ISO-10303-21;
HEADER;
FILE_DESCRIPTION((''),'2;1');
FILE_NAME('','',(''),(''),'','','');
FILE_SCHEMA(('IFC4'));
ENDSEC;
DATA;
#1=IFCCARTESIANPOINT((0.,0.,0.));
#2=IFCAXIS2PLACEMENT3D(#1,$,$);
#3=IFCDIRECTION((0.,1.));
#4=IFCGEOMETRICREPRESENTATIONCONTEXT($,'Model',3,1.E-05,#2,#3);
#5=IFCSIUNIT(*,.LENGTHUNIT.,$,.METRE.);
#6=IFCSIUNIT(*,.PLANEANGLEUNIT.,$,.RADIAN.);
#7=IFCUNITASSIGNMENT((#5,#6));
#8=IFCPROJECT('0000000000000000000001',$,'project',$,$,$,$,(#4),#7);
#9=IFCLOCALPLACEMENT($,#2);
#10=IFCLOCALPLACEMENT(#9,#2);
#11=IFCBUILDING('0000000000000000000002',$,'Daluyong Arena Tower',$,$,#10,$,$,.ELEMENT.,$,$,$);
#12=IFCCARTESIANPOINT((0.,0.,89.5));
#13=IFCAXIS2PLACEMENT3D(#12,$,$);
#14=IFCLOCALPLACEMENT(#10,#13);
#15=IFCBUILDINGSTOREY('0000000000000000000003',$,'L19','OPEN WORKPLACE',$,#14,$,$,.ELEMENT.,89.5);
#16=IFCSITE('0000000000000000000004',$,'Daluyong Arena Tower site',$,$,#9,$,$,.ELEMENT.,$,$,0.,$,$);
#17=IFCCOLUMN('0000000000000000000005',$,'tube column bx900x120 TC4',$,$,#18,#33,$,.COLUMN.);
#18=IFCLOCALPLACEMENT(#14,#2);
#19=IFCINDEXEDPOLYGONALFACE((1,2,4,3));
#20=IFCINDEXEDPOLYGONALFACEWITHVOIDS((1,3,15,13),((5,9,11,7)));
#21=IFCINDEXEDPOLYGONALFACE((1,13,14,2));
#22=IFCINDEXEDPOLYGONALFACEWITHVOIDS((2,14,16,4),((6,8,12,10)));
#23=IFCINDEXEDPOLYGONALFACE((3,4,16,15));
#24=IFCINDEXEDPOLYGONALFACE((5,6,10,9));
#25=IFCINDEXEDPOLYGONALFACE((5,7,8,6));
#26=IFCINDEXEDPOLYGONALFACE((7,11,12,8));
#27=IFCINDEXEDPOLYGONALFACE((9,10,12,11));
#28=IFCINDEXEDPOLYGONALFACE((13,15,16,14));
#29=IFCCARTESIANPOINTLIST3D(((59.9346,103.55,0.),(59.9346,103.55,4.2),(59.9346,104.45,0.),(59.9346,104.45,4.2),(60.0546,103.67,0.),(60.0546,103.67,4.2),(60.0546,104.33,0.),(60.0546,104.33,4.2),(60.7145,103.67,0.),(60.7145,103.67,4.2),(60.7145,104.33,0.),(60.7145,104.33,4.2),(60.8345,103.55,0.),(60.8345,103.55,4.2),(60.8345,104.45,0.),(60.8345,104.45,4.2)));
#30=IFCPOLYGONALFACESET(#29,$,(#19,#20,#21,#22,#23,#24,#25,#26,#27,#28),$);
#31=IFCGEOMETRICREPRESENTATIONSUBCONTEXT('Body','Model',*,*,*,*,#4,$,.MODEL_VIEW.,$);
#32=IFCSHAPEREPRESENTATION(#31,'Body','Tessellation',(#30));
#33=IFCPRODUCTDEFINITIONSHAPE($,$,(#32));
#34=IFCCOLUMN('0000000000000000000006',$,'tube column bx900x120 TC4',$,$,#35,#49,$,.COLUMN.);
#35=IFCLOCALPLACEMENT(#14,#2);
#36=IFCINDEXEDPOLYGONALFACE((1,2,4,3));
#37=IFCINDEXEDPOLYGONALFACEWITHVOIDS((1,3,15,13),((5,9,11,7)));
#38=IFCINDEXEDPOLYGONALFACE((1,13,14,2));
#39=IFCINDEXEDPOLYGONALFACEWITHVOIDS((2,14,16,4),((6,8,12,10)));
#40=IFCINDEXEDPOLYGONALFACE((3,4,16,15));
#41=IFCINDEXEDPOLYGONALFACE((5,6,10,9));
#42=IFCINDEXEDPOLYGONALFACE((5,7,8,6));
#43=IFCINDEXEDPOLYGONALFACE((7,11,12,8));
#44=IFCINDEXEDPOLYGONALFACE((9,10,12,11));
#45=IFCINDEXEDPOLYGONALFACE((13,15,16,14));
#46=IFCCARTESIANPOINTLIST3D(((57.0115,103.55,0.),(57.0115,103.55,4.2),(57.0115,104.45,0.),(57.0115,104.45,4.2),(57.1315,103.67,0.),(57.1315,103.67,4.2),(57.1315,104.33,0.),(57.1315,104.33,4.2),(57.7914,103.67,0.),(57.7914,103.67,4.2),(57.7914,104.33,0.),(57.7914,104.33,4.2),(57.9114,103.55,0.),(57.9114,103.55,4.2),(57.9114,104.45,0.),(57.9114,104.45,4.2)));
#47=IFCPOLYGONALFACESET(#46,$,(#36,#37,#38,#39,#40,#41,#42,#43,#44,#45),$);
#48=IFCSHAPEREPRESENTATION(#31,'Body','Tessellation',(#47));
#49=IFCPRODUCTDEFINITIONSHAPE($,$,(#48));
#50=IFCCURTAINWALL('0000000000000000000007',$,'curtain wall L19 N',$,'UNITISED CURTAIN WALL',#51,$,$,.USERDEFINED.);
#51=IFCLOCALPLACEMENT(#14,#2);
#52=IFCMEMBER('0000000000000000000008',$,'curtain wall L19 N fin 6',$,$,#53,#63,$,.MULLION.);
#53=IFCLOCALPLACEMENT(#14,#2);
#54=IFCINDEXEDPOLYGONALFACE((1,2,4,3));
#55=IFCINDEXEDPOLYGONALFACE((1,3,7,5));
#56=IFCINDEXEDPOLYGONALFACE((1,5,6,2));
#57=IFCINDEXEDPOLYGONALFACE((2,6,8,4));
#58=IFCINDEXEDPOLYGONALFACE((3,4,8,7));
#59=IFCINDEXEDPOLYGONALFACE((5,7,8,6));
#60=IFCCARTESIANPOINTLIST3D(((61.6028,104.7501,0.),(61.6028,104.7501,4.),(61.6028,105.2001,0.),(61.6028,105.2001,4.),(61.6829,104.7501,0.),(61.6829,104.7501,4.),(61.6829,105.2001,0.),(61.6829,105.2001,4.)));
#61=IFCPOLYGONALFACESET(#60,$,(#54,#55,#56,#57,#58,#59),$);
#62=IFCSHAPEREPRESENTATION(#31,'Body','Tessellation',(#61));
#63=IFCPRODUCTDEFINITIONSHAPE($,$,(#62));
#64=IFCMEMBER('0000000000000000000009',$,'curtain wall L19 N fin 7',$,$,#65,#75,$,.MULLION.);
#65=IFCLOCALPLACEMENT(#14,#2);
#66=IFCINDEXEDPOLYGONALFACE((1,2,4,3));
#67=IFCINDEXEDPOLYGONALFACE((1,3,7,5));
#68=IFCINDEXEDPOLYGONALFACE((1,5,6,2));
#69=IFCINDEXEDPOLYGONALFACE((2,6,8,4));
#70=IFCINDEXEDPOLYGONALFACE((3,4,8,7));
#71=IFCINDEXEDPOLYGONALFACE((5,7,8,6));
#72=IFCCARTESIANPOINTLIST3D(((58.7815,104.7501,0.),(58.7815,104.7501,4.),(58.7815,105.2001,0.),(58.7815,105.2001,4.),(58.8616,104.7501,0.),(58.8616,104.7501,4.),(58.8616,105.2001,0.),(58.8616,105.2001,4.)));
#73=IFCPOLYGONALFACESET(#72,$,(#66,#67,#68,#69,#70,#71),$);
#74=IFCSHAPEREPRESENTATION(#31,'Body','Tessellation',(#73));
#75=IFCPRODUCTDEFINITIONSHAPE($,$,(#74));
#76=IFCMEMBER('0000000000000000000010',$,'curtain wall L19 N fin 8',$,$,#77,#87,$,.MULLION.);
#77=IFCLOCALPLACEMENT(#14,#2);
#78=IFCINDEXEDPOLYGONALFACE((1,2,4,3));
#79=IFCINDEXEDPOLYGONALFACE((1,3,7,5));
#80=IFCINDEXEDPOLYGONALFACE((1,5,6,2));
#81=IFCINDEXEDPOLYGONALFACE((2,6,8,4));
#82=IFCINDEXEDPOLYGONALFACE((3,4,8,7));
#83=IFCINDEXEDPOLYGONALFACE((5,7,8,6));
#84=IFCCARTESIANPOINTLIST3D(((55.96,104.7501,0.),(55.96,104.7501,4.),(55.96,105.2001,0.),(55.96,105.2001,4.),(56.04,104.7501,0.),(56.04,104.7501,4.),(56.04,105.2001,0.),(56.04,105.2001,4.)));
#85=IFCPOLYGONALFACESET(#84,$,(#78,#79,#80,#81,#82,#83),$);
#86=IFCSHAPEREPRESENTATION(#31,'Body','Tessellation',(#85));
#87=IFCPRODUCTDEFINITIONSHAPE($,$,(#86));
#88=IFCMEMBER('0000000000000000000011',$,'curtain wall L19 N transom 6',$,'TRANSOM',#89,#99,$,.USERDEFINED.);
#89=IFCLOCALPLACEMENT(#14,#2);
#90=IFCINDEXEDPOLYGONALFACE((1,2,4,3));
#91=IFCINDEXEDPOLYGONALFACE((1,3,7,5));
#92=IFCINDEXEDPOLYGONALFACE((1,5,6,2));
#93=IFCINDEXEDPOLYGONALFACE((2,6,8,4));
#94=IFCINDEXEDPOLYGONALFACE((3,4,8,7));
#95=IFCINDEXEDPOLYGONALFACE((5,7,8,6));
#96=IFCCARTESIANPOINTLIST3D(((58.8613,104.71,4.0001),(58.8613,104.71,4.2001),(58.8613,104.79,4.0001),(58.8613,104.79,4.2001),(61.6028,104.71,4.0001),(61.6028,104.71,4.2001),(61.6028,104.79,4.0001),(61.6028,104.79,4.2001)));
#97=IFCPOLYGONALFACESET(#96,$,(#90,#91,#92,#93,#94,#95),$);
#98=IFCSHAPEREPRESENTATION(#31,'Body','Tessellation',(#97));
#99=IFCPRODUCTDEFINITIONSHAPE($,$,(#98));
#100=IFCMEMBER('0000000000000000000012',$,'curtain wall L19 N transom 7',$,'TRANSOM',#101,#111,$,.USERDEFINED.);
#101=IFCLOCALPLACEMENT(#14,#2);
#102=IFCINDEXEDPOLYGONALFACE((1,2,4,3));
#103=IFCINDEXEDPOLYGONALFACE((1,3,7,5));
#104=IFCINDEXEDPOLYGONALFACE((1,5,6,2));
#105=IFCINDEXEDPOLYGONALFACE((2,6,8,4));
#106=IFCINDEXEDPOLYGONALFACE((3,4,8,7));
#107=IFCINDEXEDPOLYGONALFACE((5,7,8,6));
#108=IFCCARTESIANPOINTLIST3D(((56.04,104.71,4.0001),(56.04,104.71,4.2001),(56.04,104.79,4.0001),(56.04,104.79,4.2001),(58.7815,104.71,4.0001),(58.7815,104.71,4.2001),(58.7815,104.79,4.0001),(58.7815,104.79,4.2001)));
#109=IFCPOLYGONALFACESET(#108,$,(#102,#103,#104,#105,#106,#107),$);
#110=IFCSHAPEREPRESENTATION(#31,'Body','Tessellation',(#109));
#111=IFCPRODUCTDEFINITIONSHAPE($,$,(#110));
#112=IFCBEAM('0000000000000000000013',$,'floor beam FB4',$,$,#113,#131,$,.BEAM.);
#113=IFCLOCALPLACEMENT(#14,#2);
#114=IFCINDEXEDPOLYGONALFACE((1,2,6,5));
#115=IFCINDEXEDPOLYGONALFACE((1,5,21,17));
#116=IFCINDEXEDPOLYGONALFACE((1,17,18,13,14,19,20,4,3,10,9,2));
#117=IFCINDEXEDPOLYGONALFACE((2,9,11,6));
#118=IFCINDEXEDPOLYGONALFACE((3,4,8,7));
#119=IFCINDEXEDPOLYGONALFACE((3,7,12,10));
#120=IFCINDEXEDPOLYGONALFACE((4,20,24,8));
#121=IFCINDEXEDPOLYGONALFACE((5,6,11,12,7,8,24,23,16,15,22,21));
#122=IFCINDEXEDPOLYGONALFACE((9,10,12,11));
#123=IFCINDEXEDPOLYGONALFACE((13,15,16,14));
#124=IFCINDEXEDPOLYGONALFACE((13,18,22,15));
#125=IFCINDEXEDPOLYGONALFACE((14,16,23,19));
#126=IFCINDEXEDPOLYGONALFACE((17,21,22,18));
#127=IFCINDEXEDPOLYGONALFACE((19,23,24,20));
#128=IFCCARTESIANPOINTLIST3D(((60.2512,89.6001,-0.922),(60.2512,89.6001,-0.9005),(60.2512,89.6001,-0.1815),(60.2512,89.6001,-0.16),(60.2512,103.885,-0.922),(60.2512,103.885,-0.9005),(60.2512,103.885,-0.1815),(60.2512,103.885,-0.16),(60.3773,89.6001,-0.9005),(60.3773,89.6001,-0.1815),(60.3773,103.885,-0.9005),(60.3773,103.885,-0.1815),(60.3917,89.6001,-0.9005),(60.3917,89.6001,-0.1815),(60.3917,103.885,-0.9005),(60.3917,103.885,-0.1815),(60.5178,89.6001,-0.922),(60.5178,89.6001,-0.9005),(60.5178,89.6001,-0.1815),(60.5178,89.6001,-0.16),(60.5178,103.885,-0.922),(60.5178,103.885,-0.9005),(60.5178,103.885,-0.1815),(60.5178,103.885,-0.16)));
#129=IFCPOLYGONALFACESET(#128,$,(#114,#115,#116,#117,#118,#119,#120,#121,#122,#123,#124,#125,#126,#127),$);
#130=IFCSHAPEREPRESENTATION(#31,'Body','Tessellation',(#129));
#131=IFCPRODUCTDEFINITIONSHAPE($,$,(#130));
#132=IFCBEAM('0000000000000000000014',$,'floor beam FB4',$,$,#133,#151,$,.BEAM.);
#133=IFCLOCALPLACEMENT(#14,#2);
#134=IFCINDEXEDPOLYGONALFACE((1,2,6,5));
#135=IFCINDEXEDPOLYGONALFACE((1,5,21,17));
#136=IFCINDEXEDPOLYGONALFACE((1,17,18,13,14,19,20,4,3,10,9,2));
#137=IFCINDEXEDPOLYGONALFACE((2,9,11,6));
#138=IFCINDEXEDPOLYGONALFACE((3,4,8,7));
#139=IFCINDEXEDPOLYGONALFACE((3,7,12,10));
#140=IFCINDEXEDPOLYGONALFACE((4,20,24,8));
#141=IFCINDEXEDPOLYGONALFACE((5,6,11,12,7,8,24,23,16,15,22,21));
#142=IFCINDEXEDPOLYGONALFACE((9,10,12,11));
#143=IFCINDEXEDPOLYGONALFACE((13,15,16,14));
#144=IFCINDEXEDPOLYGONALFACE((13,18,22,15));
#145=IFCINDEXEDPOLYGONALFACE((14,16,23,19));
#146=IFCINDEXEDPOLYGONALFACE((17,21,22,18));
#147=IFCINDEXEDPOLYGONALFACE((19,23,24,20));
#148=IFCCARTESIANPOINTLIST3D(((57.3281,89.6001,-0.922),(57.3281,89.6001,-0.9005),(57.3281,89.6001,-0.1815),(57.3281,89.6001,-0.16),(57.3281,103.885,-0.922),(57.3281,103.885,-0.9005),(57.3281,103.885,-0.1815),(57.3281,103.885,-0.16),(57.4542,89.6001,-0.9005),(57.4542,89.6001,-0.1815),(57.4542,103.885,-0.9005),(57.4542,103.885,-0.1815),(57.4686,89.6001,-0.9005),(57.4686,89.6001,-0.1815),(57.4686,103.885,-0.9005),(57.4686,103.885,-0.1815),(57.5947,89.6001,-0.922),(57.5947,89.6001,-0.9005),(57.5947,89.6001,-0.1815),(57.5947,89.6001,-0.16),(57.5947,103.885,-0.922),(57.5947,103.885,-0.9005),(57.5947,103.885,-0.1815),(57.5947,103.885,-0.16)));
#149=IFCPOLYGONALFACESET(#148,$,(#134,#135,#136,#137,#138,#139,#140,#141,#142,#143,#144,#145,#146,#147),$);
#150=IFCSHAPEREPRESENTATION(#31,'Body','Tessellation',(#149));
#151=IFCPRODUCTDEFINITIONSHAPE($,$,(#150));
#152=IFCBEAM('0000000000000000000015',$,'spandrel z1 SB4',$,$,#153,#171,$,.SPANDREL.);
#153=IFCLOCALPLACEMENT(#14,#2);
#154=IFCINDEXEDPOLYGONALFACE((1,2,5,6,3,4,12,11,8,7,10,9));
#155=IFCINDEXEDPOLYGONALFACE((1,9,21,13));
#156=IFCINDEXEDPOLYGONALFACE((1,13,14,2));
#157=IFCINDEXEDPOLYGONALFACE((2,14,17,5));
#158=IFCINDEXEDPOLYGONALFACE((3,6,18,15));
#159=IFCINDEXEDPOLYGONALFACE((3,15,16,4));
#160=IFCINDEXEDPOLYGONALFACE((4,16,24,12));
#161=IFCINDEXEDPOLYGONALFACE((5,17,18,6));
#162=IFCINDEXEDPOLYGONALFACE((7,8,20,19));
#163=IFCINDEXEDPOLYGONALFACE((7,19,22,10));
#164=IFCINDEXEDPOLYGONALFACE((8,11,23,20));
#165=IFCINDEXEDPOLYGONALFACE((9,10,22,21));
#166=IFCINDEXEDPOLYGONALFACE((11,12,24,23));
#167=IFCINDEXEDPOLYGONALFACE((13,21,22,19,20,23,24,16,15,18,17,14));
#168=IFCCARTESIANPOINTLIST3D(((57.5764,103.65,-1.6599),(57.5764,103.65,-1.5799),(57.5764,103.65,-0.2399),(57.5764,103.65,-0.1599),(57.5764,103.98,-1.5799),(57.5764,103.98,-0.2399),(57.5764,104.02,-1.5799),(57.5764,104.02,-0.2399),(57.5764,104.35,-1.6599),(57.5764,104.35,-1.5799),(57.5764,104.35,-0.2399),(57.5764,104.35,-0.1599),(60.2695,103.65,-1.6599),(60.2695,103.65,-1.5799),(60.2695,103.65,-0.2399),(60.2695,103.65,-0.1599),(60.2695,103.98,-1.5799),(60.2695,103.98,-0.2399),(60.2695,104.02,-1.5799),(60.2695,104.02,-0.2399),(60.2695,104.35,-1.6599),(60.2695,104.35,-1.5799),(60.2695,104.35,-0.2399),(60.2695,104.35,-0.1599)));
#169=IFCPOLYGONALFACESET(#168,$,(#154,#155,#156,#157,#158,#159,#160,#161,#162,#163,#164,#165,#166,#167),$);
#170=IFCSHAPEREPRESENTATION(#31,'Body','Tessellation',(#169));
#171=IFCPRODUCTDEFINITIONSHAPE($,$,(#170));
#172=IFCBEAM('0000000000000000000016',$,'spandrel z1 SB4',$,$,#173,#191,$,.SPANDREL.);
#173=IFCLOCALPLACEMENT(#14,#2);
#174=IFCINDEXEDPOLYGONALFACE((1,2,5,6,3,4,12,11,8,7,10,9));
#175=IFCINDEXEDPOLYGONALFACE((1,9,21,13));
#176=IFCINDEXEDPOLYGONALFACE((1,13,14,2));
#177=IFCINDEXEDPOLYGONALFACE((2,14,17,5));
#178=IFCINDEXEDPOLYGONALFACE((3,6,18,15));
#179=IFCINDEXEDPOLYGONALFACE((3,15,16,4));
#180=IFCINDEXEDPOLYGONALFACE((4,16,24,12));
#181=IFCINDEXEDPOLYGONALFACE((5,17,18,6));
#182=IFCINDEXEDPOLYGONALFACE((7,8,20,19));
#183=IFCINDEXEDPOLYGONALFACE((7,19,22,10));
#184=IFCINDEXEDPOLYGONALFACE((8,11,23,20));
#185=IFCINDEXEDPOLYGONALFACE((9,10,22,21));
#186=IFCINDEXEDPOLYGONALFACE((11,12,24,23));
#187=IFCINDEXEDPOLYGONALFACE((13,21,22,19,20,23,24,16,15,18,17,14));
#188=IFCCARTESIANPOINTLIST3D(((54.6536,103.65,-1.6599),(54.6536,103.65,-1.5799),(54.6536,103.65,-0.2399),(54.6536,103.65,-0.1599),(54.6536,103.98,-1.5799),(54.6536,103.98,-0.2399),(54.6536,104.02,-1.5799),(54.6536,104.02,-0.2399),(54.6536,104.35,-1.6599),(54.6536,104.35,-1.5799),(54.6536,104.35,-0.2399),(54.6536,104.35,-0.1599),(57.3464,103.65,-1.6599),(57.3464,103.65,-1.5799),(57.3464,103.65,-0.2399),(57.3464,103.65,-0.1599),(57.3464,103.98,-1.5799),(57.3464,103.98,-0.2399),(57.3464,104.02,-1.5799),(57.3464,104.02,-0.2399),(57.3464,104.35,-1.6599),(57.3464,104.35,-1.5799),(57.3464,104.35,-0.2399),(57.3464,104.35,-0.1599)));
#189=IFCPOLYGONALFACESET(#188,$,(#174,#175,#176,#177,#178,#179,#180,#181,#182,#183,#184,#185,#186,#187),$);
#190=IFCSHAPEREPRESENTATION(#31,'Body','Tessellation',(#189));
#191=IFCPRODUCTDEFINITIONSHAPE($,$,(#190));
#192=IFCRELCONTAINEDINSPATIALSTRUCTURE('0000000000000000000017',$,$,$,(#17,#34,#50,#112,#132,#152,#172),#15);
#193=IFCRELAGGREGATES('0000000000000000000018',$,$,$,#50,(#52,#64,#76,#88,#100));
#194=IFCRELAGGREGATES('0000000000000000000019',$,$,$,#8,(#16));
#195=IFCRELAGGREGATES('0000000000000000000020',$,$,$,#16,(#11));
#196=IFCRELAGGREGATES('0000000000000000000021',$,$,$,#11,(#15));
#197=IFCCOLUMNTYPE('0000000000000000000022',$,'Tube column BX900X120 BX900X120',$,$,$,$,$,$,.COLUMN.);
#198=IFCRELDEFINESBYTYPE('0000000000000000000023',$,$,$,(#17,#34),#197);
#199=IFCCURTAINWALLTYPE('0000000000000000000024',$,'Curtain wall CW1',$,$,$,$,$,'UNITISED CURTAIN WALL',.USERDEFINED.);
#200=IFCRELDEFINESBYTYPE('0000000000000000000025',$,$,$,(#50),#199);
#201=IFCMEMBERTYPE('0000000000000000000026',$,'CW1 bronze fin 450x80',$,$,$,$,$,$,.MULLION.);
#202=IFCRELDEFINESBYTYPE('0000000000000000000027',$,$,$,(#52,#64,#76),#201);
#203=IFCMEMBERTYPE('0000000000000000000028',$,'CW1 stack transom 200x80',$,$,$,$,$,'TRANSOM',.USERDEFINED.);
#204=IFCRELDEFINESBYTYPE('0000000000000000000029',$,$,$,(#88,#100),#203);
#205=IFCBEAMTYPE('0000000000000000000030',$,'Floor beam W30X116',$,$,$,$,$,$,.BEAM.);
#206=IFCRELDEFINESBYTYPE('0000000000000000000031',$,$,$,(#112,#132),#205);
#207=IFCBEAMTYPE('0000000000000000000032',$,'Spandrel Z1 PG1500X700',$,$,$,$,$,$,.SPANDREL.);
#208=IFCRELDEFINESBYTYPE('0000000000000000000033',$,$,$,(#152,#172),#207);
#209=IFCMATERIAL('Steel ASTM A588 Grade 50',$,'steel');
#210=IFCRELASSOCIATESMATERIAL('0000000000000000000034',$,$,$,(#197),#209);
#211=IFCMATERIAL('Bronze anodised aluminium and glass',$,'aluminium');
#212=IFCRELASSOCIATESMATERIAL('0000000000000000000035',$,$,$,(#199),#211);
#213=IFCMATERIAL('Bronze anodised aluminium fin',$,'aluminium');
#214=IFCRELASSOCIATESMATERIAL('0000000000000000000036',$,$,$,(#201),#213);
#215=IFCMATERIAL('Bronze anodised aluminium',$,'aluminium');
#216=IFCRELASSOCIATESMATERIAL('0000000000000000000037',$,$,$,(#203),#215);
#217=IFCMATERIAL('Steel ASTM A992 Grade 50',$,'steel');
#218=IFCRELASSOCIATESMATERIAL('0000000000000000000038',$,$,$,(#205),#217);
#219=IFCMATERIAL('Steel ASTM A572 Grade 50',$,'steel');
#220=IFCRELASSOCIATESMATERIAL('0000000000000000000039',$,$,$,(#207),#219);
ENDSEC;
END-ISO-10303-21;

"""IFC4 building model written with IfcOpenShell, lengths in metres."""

from ifc_helpers import new_model, si_unit, direction, frame, origin, origin_2d, place, context, subcontext, project, spatial, rectangle, hollow_rectangle, i_section, extrude, material, material_profile, profile_set, type_object, element, aggregate, save


model = new_model("IFC4")

# Units and contexts
model_context = context("Model", 3, precision=1e-05, world=origin(), true_north=direction((0.0, 1.0)))
body_context = subcontext(model_context, "Body", "Model", "MODEL_VIEW")
ifc_project = project(units=[si_unit("LENGTHUNIT", "METRE"), si_unit("PLANEANGLEUNIT", "RADIAN")], contexts=[model_context])

# Site, building, storey
site_placement = place(None, origin())
site = spatial("IfcSite", under=ifc_project, at=site_placement, Name="Daluyong Arena Tower site", CompositionType="ELEMENT", RefElevation=0.0)
building_placement = place(site_placement, origin())
building = spatial("IfcBuilding", under=site, at=building_placement, Name="Daluyong Arena Tower", CompositionType="ELEMENT")
storey_placement = place(building_placement, frame((0.0, 0.0, 89.5)))
storey = spatial("IfcBuildingStorey", under=building, at=storey_placement, Name="L19", Description="OPEN WORKPLACE", CompositionType="ELEMENT", Elevation=89.5)

# Columns
ifc_material_1 = material(Name="Steel ASTM A588 Grade 50", Category="steel")
ifc_material_profile_1 = material_profile(ifc_material_1, hollow_rectangle(XDim=0.8999, YDim=0.8999, WallThickness=0.12, at=origin_2d()))
ifc_profile_set_1 = profile_set([ifc_material_profile_1], Name="Steel ASTM A588 Grade 50")
column_type = type_object("IfcColumnType", Name="Tube column BX900X120 BX900X120", PredefinedType="COLUMN", material=ifc_profile_set_1)
for number, where, z_axis, x_axis, name in (
    (1, (60.3845, 104.0, 0.0), (0.0, 0.0, 1.0), (1.0, 0.0, 0.0), "tube column bx900x120 TC4"),
    (2, (57.4614, 104.0, 0.0), (0.0, 0.0, 1.0), (1.0, 0.0, 0.0), "tube column bx900x120 TC4"),
):
    element("IfcColumn", number, at=place(storey_placement, frame(where, z_axis=z_axis, x_axis=x_axis)), inside=storey, type_object=column_type, Name=name, PredefinedType="COLUMN", context=body_context, shape_type="SweptSolid", body=[
        extrude(hollow_rectangle(XDim=0.8999, YDim=0.8999, WallThickness=0.12, at=origin_2d()), origin(), (0.0, 0.0, 1.0), 4.2),
    ])

# Curtain wall, members
ifc_material_2 = material(Name="Bronze anodised aluminium and glass", Category="aluminium")
curtain_wall_type = type_object("IfcCurtainWallType", Name="Curtain wall CW1", ElementType="UNITISED CURTAIN WALL", PredefinedType="USERDEFINED", material=ifc_material_2)
curtain_wall_placement = place(storey_placement, origin())
curtain_wall = element("IfcCurtainWall", 3, at=curtain_wall_placement, inside=storey, type_object=curtain_wall_type, Name="curtain wall L19 N", ObjectType="UNITISED CURTAIN WALL", PredefinedType="USERDEFINED")
ifc_material_3 = material(Name="Bronze anodised aluminium fin", Category="aluminium")
ifc_material_profile_2 = material_profile(ifc_material_3, rectangle(XDim=0.45, YDim=0.0801, at=origin_2d()))
ifc_profile_set_2 = profile_set([ifc_material_profile_2], Name="Bronze anodised aluminium fin")
member_type_1 = type_object("IfcMemberType", Name="CW1 bronze fin 450x80", PredefinedType="MULLION", material=ifc_profile_set_2)
member_1_placement = place(storey_placement, frame((61.6428, 104.9751, 0.0), z_axis=(0.0, 0.0, 1.0), x_axis=(0.0, -1.0, 0.0)))
member_1 = element("IfcMember", 4, at=member_1_placement, type_object=member_type_1, Name="curtain wall L19 N fin 6", PredefinedType="MULLION", context=body_context, shape_type="SweptSolid", body=[
    extrude(rectangle(XDim=0.45, YDim=0.0801, at=origin_2d()), origin(), (0.0, 0.0, 1.0), 4.0),
])
member_2_placement = place(storey_placement, frame((58.8215, 104.9751, 0.0), z_axis=(0.0, 0.0, 1.0), x_axis=(0.0, -1.0, 0.0)))
member_2 = element("IfcMember", 5, at=member_2_placement, type_object=member_type_1, Name="curtain wall L19 N fin 7", PredefinedType="MULLION", context=body_context, shape_type="SweptSolid", body=[
    extrude(rectangle(XDim=0.45, YDim=0.0801, at=origin_2d()), origin(), (0.0, 0.0, 1.0), 4.0),
])
member_3_placement = place(storey_placement, frame((56.0, 104.9751, 0.0), z_axis=(0.0, 0.0, 1.0), x_axis=(0.0, -1.0, 0.0)))
member_3 = element("IfcMember", 6, at=member_3_placement, type_object=member_type_1, Name="curtain wall L19 N fin 8", PredefinedType="MULLION", context=body_context, shape_type="SweptSolid", body=[
    extrude(rectangle(XDim=0.45, YDim=0.0801, at=origin_2d()), origin(), (0.0, 0.0, 1.0), 4.0),
])
ifc_material_4 = material(Name="Bronze anodised aluminium", Category="aluminium")
ifc_material_profile_3 = material_profile(ifc_material_4, rectangle(XDim=0.0801, YDim=0.2, at=origin_2d()))
ifc_profile_set_3 = profile_set([ifc_material_profile_3], Name="Bronze anodised aluminium")
member_type_2 = type_object("IfcMemberType", Name="CW1 stack transom 200x80", ElementType="TRANSOM", PredefinedType="USERDEFINED", material=ifc_profile_set_3)
member_4_placement = place(storey_placement, frame((61.6028, 104.75, 4.1001), z_axis=(-1.0, 0.0, 0.0), x_axis=(0.0, -1.0, 0.0)))
member_4 = element("IfcMember", 7, at=member_4_placement, type_object=member_type_2, Name="curtain wall L19 N transom 6", ObjectType="TRANSOM", PredefinedType="USERDEFINED", context=body_context, shape_type="SweptSolid", body=[
    extrude(rectangle(XDim=0.0801, YDim=0.2, at=origin_2d()), origin(), (0.0, 0.0, 1.0), 2.7415),
])
member_5_placement = place(storey_placement, frame((58.7815, 104.75, 4.1001), z_axis=(-1.0, 0.0, 0.0), x_axis=(0.0, -1.0, 0.0)))
member_5 = element("IfcMember", 8, at=member_5_placement, type_object=member_type_2, Name="curtain wall L19 N transom 7", ObjectType="TRANSOM", PredefinedType="USERDEFINED", context=body_context, shape_type="SweptSolid", body=[
    extrude(rectangle(XDim=0.0801, YDim=0.2, at=origin_2d()), origin(), (0.0, 0.0, 1.0), 2.7415),
])

# Beams
ifc_material_5 = material(Name="Steel ASTM A992 Grade 50", Category="steel")
ifc_material_profile_4 = material_profile(ifc_material_5, i_section(OverallWidth=0.2666, OverallDepth=0.762, WebThickness=0.0144, FlangeThickness=0.0215, at=origin_2d()))
ifc_profile_set_4 = profile_set([ifc_material_profile_4], Name="Steel ASTM A992 Grade 50")
beam_type_1 = type_object("IfcBeamType", Name="Floor beam W30X116", PredefinedType="BEAM", material=ifc_profile_set_4)
for number, where, z_axis, x_axis, name in (
    (9, (60.3845, 103.885, -0.541), (0.0, -1.0, 0.0), (1.0, 0.0, 0.0), "floor beam FB4"),
    (10, (57.4614, 103.885, -0.541), (0.0, -1.0, 0.0), (1.0, 0.0, 0.0), "floor beam FB4"),
):
    element("IfcBeam", number, at=place(storey_placement, frame(where, z_axis=z_axis, x_axis=x_axis)), inside=storey, type_object=beam_type_1, Name=name, PredefinedType="BEAM", context=body_context, shape_type="SweptSolid", body=[
        extrude(i_section(OverallWidth=0.2666, OverallDepth=0.762, WebThickness=0.0144, FlangeThickness=0.0215, at=origin_2d()), origin(), (0.0, 0.0, 1.0), 14.2849),
    ])
ifc_material_6 = material(Name="Steel ASTM A572 Grade 50", Category="steel")
ifc_material_profile_5 = material_profile(ifc_material_6, i_section(OverallWidth=0.7, OverallDepth=1.5, WebThickness=0.04, FlangeThickness=0.08, at=origin_2d()))
ifc_profile_set_5 = profile_set([ifc_material_profile_5], Name="Steel ASTM A572 Grade 50")
beam_type_2 = type_object("IfcBeamType", Name="Spandrel Z1 PG1500X700", PredefinedType="SPANDREL", material=ifc_profile_set_5)
beam_1_placement = place(storey_placement, frame((60.2695, 104.0, -0.9099), z_axis=(-1.0, 0.0, 0.0), x_axis=(0.0, -1.0, 0.0)))
element("IfcBeam", 11, at=beam_1_placement, inside=storey, type_object=beam_type_2, Name="spandrel z1 SB4", PredefinedType="SPANDREL", context=body_context, shape_type="SweptSolid", body=[
    extrude(i_section(OverallWidth=0.7, OverallDepth=1.5, WebThickness=0.04, FlangeThickness=0.08, at=origin_2d()), origin(), (0.0, 0.0, 1.0), 2.6931),
])
beam_2_placement = place(storey_placement, frame((57.3464, 104.0, -0.9099), z_axis=(-1.0, 0.0, 0.0), x_axis=(0.0, -1.0, 0.0)))
element("IfcBeam", 12, at=beam_2_placement, inside=storey, type_object=beam_type_2, Name="spandrel z1 SB4", PredefinedType="SPANDREL", context=body_context, shape_type="SweptSolid", body=[
    extrude(i_section(OverallWidth=0.7, OverallDepth=1.5, WebThickness=0.04, FlangeThickness=0.08, at=origin_2d()), origin(), (0.0, 0.0, 1.0), 2.6929),
])

aggregate(curtain_wall, [member_1, member_2, member_3, member_4, member_5])

save(model, "model.ifc")
